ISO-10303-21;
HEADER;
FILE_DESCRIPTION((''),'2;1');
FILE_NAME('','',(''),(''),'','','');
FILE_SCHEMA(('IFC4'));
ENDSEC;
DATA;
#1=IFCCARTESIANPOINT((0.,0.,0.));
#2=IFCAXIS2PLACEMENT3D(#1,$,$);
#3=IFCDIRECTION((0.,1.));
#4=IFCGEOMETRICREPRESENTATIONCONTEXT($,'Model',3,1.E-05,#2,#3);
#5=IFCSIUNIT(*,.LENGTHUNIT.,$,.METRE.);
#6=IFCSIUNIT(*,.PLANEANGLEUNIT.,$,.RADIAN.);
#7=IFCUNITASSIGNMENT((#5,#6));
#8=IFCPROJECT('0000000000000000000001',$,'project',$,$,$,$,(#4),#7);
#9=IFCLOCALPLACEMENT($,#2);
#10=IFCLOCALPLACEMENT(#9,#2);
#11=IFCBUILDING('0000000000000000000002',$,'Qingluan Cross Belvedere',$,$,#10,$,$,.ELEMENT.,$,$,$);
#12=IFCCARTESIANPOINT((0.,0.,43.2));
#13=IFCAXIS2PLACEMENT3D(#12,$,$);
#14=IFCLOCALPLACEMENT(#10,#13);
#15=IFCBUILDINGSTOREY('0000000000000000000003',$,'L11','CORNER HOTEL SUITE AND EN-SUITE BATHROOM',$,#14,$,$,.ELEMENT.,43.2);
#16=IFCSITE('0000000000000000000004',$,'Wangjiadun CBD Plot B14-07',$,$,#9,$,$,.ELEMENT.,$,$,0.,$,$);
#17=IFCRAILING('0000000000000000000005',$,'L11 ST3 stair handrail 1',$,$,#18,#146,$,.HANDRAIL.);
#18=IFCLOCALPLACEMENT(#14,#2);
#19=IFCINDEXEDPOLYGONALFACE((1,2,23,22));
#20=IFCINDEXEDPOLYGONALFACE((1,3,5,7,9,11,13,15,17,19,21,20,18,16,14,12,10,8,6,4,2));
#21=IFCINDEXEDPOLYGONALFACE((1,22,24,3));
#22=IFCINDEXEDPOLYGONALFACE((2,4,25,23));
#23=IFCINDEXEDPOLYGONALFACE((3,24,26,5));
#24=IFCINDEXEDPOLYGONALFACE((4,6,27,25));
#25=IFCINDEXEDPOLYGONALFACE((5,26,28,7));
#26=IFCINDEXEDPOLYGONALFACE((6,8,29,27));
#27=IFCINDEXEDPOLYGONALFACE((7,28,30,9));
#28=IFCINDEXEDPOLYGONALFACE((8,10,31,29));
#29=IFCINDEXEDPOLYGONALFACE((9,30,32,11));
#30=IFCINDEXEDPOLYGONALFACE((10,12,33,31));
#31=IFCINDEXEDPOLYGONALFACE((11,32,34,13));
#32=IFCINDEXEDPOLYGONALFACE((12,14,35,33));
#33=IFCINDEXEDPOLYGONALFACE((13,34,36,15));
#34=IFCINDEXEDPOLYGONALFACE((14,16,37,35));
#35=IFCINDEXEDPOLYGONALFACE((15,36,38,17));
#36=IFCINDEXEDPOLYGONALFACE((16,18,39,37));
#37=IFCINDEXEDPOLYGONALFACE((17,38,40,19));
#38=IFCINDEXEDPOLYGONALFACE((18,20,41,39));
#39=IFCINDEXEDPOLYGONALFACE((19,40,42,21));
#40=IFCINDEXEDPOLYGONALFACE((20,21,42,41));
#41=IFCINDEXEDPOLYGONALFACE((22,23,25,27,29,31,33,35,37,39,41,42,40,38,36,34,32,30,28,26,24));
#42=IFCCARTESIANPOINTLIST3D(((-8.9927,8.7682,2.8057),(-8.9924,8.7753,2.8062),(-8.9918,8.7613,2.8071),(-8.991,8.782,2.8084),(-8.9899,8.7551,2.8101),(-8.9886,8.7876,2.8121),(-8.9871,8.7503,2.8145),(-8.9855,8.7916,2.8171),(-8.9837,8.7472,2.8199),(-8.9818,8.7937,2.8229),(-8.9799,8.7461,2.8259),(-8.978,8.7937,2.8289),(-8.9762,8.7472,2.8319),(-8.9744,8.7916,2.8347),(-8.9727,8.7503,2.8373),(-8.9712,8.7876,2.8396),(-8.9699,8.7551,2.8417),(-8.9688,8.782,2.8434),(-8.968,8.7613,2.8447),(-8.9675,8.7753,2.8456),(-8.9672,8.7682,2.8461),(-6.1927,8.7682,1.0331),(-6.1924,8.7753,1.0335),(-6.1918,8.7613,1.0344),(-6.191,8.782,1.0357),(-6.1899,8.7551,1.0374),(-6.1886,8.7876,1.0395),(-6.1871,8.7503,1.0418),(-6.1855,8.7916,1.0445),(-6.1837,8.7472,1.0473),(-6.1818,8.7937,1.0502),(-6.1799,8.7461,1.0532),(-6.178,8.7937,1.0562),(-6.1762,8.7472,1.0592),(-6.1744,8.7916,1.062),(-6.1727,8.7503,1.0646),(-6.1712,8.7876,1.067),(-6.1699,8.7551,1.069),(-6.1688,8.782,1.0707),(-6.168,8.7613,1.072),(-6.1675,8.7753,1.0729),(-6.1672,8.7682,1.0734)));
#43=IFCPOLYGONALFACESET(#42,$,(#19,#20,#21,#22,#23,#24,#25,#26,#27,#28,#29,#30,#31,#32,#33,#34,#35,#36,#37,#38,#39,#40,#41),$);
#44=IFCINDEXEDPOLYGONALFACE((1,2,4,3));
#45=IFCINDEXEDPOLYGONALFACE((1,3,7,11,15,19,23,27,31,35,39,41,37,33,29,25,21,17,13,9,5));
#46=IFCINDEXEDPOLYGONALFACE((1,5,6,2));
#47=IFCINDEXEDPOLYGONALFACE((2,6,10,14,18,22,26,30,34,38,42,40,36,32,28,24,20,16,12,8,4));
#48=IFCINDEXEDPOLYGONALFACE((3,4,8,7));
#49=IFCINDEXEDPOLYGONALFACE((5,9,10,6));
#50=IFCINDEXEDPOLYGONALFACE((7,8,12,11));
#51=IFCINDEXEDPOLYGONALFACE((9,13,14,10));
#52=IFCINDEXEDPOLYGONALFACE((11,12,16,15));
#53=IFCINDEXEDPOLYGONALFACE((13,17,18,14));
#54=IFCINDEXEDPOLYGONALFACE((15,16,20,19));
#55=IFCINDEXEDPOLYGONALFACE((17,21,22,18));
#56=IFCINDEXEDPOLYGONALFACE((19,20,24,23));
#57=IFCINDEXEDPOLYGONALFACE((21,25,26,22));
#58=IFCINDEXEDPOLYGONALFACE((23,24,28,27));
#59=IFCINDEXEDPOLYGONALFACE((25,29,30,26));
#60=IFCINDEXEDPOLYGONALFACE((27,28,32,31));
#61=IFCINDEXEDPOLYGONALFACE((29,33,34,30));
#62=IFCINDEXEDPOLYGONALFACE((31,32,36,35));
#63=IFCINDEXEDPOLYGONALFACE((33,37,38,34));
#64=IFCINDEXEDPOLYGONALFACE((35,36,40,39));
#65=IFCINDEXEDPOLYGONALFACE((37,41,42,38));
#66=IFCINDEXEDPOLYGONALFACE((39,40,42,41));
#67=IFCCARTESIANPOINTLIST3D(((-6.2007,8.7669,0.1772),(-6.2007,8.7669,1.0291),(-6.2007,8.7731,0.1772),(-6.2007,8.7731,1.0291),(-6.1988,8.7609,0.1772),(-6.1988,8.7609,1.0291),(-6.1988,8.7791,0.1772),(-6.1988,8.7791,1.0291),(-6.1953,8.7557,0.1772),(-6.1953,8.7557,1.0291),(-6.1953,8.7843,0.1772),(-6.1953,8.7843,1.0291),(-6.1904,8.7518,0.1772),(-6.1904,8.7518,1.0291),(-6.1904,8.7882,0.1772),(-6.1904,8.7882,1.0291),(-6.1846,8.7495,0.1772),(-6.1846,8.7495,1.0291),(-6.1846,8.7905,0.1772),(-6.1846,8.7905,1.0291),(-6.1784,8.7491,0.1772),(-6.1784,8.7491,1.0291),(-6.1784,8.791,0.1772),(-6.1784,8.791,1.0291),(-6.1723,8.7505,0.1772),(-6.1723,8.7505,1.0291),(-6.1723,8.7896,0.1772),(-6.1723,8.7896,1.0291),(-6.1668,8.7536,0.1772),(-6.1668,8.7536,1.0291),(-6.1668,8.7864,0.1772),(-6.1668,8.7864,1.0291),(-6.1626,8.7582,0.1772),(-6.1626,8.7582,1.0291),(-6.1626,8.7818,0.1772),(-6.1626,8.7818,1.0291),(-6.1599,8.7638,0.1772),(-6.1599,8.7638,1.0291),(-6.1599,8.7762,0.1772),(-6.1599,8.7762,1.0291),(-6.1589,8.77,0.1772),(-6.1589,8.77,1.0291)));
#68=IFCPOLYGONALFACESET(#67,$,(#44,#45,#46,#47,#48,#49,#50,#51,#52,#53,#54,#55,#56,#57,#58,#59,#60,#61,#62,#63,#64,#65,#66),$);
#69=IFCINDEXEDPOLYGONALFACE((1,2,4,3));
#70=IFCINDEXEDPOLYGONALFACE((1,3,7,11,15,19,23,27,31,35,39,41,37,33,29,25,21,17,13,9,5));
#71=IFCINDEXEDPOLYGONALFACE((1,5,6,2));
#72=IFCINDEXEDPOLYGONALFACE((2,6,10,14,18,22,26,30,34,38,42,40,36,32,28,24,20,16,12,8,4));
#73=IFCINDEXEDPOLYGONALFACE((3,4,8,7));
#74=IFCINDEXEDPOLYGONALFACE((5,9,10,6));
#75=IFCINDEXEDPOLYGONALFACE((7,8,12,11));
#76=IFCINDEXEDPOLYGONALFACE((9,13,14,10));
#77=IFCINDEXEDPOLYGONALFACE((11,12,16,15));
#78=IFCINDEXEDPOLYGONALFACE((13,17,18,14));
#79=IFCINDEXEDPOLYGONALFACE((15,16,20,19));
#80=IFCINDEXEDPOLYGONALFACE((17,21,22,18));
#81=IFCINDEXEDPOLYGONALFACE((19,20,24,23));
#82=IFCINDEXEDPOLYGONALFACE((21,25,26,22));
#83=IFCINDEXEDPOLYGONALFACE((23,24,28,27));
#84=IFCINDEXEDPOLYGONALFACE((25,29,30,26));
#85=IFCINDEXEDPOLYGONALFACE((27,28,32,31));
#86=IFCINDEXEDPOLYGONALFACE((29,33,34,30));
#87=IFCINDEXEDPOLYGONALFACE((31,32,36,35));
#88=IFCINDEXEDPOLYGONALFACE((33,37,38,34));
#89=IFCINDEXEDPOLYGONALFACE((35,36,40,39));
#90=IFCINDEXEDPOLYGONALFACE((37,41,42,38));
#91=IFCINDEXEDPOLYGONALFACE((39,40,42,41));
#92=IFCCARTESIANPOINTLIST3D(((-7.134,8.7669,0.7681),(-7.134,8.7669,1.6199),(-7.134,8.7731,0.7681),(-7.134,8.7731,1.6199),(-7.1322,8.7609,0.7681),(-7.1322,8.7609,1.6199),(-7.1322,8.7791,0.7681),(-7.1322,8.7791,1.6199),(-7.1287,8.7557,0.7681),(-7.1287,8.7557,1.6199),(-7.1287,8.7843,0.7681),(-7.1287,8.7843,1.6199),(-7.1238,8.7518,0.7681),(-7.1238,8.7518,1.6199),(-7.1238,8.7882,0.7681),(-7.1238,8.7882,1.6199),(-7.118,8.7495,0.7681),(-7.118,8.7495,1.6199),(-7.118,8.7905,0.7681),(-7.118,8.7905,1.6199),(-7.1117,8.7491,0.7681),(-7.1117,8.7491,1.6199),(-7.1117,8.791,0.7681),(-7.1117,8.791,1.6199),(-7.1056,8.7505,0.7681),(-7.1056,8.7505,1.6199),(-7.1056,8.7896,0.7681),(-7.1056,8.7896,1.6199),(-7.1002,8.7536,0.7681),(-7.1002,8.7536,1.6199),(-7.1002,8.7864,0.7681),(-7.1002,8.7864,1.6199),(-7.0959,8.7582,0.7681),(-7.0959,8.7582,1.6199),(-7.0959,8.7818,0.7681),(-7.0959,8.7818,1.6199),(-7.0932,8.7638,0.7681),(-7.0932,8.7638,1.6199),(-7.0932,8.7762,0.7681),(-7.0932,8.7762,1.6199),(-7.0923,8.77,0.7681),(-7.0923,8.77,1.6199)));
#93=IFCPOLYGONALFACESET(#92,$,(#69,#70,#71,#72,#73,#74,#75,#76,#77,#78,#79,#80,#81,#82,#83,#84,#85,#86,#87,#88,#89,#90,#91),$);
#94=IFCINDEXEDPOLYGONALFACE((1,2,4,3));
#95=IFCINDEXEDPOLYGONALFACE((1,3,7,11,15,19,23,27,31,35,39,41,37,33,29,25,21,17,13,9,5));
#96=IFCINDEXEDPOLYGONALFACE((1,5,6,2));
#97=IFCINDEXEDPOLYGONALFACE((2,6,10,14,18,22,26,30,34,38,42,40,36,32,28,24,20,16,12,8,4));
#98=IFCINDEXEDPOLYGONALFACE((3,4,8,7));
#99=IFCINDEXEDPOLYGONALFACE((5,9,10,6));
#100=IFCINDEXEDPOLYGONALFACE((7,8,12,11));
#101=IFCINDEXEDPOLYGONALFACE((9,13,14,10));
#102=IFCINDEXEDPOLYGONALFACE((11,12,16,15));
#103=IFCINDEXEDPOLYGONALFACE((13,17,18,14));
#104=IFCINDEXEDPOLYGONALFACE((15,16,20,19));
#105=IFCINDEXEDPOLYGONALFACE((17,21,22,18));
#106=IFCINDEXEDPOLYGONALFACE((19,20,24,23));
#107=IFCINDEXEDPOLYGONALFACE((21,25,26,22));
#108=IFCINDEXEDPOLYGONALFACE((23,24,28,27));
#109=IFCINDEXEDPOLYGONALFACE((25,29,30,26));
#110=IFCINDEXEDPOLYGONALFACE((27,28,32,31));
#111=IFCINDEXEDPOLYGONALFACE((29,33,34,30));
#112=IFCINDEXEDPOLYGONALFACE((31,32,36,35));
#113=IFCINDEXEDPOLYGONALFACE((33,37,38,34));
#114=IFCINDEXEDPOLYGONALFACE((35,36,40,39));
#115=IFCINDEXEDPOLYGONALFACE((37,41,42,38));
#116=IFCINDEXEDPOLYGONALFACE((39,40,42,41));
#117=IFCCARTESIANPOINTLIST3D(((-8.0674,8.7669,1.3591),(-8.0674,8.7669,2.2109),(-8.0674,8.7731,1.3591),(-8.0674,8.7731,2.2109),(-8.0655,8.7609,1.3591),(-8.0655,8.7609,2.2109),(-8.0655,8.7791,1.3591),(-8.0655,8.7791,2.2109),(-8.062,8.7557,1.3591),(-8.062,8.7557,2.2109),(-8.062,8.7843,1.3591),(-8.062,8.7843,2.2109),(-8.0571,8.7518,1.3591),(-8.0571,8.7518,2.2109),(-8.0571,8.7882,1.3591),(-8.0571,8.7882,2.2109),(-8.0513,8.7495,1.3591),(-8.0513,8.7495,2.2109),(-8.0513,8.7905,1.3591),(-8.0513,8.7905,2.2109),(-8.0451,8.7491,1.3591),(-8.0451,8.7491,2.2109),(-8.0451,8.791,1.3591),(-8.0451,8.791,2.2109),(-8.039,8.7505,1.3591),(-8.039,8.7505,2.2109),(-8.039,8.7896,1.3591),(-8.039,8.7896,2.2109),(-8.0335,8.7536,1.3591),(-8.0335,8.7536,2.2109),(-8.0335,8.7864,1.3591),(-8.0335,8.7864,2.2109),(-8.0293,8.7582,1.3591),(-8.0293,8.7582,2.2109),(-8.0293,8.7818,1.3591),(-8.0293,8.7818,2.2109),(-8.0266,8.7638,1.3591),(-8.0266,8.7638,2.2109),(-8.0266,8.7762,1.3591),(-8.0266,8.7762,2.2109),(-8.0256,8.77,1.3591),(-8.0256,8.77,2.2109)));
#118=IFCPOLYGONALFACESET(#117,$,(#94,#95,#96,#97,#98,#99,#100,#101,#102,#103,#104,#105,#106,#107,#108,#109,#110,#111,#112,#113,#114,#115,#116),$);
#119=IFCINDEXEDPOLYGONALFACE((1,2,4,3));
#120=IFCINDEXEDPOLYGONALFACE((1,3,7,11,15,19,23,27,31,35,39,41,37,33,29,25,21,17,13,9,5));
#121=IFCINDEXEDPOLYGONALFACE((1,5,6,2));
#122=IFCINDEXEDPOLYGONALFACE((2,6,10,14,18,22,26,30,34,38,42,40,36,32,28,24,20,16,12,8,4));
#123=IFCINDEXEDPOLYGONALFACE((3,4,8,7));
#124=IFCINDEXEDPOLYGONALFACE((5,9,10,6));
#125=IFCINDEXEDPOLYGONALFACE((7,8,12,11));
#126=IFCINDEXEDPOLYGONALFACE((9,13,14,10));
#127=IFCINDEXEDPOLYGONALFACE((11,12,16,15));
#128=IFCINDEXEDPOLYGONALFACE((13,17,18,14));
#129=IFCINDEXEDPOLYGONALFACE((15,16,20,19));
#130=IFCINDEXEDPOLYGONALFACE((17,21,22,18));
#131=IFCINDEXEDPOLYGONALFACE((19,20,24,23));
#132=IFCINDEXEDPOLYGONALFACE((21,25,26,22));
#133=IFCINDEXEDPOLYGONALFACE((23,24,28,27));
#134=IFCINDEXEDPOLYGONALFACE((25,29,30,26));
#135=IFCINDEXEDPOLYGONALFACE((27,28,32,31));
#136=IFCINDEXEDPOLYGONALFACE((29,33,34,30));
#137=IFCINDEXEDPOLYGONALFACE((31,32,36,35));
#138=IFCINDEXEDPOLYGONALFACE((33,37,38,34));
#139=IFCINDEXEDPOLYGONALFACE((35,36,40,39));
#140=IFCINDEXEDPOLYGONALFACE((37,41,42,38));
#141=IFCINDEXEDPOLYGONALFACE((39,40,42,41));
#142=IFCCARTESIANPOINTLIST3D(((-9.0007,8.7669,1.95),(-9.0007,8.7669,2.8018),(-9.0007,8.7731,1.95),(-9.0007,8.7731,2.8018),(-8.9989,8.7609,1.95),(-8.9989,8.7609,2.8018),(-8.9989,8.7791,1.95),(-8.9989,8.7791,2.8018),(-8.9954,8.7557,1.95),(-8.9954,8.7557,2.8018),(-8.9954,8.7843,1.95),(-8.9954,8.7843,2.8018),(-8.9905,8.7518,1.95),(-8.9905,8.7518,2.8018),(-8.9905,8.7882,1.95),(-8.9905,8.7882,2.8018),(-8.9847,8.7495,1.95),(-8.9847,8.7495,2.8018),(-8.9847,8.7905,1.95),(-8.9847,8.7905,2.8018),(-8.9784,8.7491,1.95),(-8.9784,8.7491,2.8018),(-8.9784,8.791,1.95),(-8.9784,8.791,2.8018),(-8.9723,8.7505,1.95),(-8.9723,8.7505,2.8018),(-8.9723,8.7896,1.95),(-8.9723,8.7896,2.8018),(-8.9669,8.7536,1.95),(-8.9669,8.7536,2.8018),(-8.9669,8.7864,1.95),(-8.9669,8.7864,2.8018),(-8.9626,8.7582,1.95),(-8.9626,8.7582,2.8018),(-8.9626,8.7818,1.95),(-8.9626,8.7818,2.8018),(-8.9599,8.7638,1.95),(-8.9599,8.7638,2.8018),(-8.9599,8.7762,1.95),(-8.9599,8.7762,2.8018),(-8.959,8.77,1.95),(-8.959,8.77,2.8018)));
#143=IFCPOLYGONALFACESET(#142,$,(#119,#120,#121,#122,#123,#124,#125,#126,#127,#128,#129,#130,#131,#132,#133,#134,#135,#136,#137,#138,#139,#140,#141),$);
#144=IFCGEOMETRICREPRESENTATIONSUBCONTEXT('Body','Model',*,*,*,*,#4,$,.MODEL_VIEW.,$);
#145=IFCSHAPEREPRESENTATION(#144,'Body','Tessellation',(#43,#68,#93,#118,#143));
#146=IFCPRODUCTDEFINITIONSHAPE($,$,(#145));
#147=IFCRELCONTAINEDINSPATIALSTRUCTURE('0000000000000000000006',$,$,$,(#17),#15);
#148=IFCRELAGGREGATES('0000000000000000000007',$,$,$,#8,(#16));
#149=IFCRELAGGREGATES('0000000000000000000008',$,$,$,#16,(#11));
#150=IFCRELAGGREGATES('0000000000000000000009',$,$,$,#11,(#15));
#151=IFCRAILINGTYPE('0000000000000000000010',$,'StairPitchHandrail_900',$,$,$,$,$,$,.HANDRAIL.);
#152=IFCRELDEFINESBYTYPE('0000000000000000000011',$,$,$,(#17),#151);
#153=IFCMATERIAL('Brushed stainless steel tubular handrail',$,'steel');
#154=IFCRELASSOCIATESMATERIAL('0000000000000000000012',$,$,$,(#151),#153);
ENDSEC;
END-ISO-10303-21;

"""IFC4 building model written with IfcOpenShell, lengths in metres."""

from ifc_helpers import new_model, si_unit, direction, frame, origin, origin_2d, place, context, subcontext, project, spatial, circle, extrude, material, type_object, element, save


model = new_model("IFC4")

# Units and contexts
model_context = context("Model", 3, precision=1e-05, world=origin(), true_north=direction((0.0, 1.0)))
body_context = subcontext(model_context, "Body", "Model", "MODEL_VIEW")
ifc_project = project(units=[si_unit("LENGTHUNIT", "METRE"), si_unit("PLANEANGLEUNIT", "RADIAN")], contexts=[model_context])

# Site, building, storey
site_placement = place(None, origin())
site = spatial("IfcSite", under=ifc_project, at=site_placement, Name="Wangjiadun CBD Plot B14-07", CompositionType="ELEMENT", RefElevation=0.0)
building_placement = place(site_placement, origin())
building = spatial("IfcBuilding", under=site, at=building_placement, Name="Qingluan Cross Belvedere", CompositionType="ELEMENT")
storey_placement = place(building_placement, frame((0.0, 0.0, 43.2)))
storey = spatial("IfcBuildingStorey", under=building, at=storey_placement, Name="L11", Description="CORNER HOTEL SUITE AND EN-SUITE BATHROOM", CompositionType="ELEMENT", Elevation=43.2)

# Railing
ifc_material_1 = material(Name="Brushed stainless steel tubular handrail", Category="steel")
railing_type_1 = type_object("IfcRailingType", Name="StairPitchHandrail_900", PredefinedType="HANDRAIL", material=ifc_material_1)
railing_1_placement = place(storey_placement, frame((-6.1799, 8.77, 0.1772)))
element("IfcRailing", 1, at=railing_1_placement, inside=storey, type_object=railing_type_1, Name="L11 ST3 stair handrail 1", PredefinedType="HANDRAIL", context=body_context, shape_type="SweptSolid", body=[
    extrude(circle(Radius=0.0239, at=origin_2d()), frame((0.0, 0.0, 0.876), z_axis=(-0.844909, 0.0, 0.53491), x_axis=(0.0, -1.0, 0.0)), (0.0, 0.0, 1.0), 3.314),
    extrude(circle(Radius=0.021, at=origin_2d()), origin(), (0.0, 0.0, 1.0), 0.8518),
    extrude(circle(Radius=0.021, at=origin_2d()), frame((-0.9333, 0.0, 0.5908)), (0.0, 0.0, 1.0), 0.8518),
    extrude(circle(Radius=0.021, at=origin_2d()), frame((-1.8667, 0.0, 1.1819)), (0.0, 0.0, 1.0), 0.8518),
    extrude(circle(Radius=0.021, at=origin_2d()), frame((-2.8, 0.0, 1.7727)), (0.0, 0.0, 1.0), 0.8518),
])

save(model, "model.ifc")
